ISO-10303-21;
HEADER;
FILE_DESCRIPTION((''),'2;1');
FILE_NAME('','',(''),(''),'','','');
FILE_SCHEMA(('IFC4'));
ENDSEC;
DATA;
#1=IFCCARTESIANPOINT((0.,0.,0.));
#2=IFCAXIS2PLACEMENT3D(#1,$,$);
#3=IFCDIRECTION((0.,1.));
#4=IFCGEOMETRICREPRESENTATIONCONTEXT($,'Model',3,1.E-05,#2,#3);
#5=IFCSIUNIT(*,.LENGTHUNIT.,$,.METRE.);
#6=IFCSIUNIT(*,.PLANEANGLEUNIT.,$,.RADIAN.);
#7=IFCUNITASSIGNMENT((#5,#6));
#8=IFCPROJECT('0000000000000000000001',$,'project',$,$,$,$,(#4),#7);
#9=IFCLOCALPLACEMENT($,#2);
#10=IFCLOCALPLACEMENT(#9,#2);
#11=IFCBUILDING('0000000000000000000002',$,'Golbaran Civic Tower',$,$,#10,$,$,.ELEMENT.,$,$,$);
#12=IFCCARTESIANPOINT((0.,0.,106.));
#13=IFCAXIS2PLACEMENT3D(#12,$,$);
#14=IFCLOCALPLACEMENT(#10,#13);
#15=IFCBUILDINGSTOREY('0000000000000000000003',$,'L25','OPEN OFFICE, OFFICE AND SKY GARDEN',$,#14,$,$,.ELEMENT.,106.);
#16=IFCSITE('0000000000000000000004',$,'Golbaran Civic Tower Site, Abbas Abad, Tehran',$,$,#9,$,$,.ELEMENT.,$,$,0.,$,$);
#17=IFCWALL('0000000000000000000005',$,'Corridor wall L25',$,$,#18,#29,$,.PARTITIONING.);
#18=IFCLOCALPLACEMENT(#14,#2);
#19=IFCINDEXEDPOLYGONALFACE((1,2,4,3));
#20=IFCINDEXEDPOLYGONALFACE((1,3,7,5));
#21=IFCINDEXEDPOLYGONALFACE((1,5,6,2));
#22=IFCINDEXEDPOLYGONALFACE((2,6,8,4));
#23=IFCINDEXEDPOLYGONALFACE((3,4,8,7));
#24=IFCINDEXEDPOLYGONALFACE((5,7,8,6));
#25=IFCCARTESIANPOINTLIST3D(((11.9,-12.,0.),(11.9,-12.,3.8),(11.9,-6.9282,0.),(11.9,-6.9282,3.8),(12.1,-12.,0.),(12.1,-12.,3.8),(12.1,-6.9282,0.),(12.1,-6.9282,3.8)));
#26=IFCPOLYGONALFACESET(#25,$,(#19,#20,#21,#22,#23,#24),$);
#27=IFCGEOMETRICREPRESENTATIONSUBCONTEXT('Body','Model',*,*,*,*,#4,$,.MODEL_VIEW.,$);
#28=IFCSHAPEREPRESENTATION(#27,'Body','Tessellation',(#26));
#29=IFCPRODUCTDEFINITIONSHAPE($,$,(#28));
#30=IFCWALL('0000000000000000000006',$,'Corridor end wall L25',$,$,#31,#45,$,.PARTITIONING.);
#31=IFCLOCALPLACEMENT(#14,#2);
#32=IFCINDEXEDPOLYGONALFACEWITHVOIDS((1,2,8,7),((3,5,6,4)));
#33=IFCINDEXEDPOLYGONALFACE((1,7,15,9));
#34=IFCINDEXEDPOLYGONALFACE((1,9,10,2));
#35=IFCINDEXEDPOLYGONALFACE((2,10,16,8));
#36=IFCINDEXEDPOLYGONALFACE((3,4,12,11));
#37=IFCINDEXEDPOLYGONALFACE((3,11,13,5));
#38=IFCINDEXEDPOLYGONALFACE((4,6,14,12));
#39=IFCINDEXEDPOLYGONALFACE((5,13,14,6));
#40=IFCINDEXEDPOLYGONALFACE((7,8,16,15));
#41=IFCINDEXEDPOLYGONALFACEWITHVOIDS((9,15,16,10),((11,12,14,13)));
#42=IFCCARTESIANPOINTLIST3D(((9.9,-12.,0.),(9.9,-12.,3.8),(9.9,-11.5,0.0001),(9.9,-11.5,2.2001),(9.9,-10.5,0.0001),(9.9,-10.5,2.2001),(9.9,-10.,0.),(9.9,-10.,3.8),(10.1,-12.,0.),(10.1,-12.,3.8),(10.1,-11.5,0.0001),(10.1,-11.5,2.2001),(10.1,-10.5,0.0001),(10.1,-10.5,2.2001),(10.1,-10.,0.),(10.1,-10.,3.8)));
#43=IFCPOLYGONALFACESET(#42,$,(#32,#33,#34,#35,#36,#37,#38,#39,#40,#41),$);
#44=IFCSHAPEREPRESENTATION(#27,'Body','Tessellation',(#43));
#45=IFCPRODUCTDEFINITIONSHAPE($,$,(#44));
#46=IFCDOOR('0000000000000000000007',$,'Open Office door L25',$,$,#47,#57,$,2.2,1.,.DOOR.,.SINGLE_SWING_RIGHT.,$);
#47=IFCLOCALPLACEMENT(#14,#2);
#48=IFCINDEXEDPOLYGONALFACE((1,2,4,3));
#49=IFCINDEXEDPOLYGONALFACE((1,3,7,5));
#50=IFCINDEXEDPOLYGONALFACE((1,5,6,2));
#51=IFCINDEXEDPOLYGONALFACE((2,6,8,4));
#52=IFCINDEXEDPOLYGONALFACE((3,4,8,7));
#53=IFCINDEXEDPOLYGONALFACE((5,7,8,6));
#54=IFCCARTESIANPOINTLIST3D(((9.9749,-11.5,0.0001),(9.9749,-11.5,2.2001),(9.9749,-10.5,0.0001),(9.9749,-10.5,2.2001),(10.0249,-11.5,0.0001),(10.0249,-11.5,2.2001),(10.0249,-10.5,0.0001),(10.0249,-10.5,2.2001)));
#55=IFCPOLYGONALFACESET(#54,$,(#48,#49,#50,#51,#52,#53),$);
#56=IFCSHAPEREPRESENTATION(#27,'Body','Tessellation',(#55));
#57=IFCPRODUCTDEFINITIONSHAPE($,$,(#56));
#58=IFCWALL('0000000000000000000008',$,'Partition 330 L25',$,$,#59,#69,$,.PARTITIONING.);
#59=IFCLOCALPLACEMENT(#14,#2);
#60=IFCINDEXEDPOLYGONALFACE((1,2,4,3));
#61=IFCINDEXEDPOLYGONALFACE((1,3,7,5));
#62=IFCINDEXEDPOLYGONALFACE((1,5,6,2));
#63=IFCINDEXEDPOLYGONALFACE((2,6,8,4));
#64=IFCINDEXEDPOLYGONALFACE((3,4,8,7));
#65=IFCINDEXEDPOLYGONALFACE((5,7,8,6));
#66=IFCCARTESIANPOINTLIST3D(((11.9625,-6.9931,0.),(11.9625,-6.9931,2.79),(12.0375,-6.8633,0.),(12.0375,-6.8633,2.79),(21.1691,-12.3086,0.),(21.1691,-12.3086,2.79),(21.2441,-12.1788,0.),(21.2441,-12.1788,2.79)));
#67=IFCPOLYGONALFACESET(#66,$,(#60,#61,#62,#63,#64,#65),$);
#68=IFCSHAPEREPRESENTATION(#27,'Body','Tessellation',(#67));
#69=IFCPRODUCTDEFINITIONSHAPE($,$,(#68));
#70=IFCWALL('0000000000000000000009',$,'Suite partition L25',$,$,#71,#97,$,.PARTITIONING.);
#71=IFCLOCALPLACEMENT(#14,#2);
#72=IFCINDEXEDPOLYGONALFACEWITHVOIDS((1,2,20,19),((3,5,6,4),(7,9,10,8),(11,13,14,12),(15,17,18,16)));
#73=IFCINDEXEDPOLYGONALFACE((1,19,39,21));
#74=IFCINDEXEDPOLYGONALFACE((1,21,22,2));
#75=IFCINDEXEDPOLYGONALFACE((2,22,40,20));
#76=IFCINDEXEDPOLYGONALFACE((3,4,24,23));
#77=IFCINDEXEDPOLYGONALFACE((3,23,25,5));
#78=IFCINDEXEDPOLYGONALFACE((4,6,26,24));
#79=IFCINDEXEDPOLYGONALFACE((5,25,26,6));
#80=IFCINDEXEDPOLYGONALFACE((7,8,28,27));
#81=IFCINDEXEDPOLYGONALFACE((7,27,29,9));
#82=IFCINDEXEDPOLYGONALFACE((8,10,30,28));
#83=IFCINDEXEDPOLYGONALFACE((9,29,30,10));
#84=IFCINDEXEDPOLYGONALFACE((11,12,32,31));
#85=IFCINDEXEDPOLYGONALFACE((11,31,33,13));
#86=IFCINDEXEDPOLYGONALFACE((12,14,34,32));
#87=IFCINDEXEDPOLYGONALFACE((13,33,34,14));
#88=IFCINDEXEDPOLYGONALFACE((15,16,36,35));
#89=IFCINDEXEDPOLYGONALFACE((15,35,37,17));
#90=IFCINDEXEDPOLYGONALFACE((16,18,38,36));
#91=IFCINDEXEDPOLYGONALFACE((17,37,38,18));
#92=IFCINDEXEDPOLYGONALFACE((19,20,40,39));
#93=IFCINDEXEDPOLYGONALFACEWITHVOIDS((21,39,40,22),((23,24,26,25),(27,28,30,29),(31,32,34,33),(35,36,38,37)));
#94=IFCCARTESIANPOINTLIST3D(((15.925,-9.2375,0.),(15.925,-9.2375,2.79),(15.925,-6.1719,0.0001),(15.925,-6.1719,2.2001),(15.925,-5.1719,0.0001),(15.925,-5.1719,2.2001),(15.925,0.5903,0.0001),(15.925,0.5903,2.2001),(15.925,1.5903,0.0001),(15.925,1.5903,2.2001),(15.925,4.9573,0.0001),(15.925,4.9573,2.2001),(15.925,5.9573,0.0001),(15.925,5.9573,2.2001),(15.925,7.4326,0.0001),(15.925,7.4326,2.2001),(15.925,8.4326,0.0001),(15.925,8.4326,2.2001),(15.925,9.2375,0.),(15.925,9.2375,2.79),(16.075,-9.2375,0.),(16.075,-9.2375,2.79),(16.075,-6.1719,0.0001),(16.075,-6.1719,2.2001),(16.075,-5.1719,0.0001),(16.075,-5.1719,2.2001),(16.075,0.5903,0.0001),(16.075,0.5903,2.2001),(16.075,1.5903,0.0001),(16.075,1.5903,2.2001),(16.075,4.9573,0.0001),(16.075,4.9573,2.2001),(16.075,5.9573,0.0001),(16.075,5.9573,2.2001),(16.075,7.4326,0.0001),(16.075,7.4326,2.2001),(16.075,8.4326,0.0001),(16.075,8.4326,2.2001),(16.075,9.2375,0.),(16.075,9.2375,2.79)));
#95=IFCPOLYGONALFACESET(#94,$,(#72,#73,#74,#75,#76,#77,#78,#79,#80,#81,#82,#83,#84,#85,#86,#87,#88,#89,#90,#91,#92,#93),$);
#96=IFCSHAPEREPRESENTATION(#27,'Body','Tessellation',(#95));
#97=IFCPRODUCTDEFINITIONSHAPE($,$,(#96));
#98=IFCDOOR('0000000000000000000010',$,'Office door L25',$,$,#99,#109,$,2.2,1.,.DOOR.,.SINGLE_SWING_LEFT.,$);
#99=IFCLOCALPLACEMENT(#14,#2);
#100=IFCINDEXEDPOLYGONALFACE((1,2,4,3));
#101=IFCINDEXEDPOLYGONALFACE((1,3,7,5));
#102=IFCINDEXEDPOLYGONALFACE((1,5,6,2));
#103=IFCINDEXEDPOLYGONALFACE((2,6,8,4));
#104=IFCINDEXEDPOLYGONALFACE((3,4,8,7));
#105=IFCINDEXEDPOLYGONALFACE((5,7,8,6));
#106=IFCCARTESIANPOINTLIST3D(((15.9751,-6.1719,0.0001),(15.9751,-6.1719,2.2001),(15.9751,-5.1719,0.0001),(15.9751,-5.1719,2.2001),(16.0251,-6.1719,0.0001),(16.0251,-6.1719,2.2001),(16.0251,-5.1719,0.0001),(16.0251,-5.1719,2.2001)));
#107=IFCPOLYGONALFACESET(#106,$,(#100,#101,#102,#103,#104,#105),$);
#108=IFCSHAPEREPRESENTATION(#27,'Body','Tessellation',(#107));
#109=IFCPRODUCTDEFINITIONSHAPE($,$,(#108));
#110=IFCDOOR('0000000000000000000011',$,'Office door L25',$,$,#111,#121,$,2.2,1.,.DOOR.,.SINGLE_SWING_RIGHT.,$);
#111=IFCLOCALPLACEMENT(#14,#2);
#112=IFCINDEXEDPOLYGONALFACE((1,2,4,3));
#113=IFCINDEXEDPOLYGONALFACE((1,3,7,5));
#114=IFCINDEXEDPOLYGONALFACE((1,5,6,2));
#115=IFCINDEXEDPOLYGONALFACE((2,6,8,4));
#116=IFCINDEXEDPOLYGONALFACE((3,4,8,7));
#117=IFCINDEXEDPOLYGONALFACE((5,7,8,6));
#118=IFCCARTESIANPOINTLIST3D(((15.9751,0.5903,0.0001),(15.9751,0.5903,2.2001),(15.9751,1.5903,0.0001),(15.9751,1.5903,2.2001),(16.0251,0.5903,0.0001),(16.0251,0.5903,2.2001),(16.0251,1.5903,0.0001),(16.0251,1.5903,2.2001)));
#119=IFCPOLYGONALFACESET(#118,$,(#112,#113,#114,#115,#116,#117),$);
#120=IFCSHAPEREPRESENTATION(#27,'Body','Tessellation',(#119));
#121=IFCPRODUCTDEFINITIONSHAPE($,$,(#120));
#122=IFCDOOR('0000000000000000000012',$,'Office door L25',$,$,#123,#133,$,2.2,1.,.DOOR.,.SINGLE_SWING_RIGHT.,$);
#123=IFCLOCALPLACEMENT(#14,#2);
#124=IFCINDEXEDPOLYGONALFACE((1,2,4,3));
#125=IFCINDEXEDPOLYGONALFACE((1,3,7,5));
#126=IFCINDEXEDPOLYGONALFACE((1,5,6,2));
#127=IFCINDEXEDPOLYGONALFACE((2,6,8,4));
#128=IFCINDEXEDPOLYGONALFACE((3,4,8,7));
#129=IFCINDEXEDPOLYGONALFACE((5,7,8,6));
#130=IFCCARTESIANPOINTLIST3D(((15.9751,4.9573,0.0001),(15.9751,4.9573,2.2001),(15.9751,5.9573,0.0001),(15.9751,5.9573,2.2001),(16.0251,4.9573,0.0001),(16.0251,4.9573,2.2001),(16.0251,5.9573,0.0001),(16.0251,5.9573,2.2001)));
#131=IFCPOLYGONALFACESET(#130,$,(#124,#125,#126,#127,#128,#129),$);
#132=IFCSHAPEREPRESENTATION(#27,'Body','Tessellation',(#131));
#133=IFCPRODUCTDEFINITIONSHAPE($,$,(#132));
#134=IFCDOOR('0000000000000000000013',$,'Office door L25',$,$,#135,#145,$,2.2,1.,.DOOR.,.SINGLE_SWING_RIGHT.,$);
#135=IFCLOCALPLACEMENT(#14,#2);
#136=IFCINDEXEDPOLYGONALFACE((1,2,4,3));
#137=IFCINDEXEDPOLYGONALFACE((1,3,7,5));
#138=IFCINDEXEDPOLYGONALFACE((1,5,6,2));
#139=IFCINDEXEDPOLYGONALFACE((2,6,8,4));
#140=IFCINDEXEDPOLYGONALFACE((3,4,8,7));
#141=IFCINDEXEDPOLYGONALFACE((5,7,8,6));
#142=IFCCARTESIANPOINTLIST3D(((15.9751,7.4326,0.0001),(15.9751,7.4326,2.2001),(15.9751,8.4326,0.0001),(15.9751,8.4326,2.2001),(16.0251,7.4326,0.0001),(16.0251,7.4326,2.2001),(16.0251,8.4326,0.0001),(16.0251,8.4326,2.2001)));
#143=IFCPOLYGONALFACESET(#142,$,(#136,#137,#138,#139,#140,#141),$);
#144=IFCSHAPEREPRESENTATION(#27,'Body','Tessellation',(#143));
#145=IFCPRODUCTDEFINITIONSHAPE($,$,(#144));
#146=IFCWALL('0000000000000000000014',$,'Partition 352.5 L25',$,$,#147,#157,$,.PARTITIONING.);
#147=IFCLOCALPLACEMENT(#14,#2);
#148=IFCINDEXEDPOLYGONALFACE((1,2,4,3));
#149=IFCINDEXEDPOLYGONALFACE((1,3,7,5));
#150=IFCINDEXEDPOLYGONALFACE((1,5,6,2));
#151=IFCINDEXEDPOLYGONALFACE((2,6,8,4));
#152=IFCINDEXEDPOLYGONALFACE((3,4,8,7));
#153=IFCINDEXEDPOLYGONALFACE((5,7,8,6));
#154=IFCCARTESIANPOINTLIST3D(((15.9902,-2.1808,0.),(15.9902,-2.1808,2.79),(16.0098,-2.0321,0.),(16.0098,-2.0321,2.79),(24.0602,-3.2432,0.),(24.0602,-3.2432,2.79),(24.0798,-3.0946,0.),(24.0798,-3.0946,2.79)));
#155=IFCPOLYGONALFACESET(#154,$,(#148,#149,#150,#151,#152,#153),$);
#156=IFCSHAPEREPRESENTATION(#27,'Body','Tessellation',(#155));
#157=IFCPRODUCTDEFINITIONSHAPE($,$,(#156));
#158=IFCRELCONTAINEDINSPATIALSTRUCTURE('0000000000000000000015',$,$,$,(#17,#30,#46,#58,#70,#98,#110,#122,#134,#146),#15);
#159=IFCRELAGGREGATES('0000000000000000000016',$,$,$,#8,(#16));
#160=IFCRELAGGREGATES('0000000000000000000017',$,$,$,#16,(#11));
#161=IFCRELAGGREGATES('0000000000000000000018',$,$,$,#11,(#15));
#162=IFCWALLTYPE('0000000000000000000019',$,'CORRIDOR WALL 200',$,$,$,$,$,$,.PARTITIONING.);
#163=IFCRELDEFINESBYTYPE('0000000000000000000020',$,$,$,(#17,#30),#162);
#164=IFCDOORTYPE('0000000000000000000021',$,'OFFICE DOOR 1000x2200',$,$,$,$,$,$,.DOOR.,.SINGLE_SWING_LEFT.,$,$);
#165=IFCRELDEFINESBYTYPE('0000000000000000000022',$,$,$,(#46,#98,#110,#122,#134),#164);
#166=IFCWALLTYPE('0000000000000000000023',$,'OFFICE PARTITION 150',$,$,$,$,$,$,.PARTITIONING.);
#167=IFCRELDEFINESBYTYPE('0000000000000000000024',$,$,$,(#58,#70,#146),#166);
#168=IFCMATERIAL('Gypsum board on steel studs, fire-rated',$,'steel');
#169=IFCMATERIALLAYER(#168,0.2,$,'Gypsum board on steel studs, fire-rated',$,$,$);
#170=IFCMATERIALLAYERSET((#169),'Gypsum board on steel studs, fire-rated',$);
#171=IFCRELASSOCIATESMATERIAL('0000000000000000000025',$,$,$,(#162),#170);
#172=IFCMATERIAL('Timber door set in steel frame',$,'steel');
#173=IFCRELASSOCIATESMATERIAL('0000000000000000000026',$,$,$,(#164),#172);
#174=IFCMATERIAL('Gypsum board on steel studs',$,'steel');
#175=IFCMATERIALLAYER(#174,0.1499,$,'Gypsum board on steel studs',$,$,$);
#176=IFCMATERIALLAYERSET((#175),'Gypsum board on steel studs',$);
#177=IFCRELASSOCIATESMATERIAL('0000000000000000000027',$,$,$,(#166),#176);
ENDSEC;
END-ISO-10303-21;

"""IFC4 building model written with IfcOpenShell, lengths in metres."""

from ifc_helpers import new_model, si_unit, direction, frame, frame_2d, origin, place, context, subcontext, project, spatial, rectangle, extrude, material, layer, layer_set, type_object, element, fill, save


model = new_model("IFC4")

# Units and contexts
model_context = context("Model", 3, precision=1e-05, world=origin(), true_north=direction((0.0, 1.0)))
body_context = subcontext(model_context, "Body", "Model", "MODEL_VIEW")
ifc_project = project(units=[si_unit("LENGTHUNIT", "METRE"), si_unit("PLANEANGLEUNIT", "RADIAN")], contexts=[model_context])

# Site, building, storey
site_placement = place(None, origin())
site = spatial("IfcSite", under=ifc_project, at=site_placement, Name="Golbaran Civic Tower Site, Abbas Abad, Tehran", CompositionType="ELEMENT", RefElevation=0.0)
building_placement = place(site_placement, origin())
building = spatial("IfcBuilding", under=site, at=building_placement, Name="Golbaran Civic Tower", CompositionType="ELEMENT")
storey_placement = place(building_placement, frame((0.0, 0.0, 106.0)))
storey = spatial("IfcBuildingStorey", under=building, at=storey_placement, Name="L25", Description="OPEN OFFICE, OFFICE AND SKY GARDEN", CompositionType="ELEMENT", Elevation=106.0)

# Shared definitions
ifc_material_1 = material(Name="Timber door set in steel frame", Category="steel")
ifc_material_2 = material(Name="Gypsum board on steel studs, fire-rated", Category="steel")
ifc_layer_1 = layer(ifc_material_2, 0.2, Name="Gypsum board on steel studs, fire-rated")
ifc_layer_set_1 = layer_set([ifc_layer_1], Name="Gypsum board on steel studs, fire-rated")
wall_type_1 = type_object("IfcWallType", Name="CORRIDOR WALL 200", PredefinedType="PARTITIONING", material=ifc_layer_set_1)

# Wall
wall_1_placement = place(storey_placement, frame((12.0, -12.0, 0.0), z_axis=(0.0, 0.0, 1.0), x_axis=(0.0, 1.0, 0.0)))
element("IfcWall", 1, at=wall_1_placement, inside=storey, type_object=wall_type_1, Name="Corridor wall L25", PredefinedType="PARTITIONING", context=body_context, shape_type="SweptSolid", body=[
    extrude(rectangle(XDim=5.0718, YDim=0.2, at=frame_2d((2.5359, 0.0))), origin(), (0.0, 0.0, 1.0), 3.8),
])

# Wall, opening, door
wall_2_placement = place(storey_placement, frame((10.0, -10.0, 0.0), z_axis=(0.0, 0.0, 1.0), x_axis=(0.0, -1.0, 0.0)))
wall_2 = element("IfcWall", 2, at=wall_2_placement, inside=storey, type_object=wall_type_1, Name="Corridor end wall L25", PredefinedType="PARTITIONING", context=body_context, shape_type="SweptSolid", body=[
    extrude(rectangle(XDim=2.0, YDim=0.2, at=frame_2d((1.0, 0.0))), origin(), (0.0, 0.0, 1.0), 3.8),
])
opening_1_placement = place(wall_2_placement, frame((0.5, 0.0, 0.0)))
opening_1 = element("IfcOpeningElement", 3, at=opening_1_placement, cuts=wall_2, PredefinedType="OPENING", context=body_context, shape_type="SweptSolid", body=[
    extrude(rectangle(XDim=1.0, YDim=2.2, at=frame_2d((0.5, 1.1001))), frame((0.0, 0.1099, 0.0), z_axis=(0.0, -1.0, 0.0), x_axis=(1.0, 0.0, 0.0)), (0.0, 0.0, 1.0), 0.22),
])
door_type_1 = type_object("IfcDoorType", Name="OFFICE DOOR 1000x2200", OperationType="SINGLE_SWING_LEFT", PredefinedType="DOOR", material=ifc_material_1)
door_1_placement = place(opening_1_placement, origin())
door_1 = element("IfcDoor", 4, at=door_1_placement, inside=storey, type_object=door_type_1, Name="Open Office door L25", OperationType="SINGLE_SWING_RIGHT", OverallHeight=2.2, OverallWidth=1.0, PredefinedType="DOOR", context=body_context, shape_type="SweptSolid", body=[
    extrude(rectangle(XDim=1.0, YDim=2.2, at=frame_2d((0.5, 1.1001))), frame((0.0, 0.0249, 0.0), z_axis=(0.0, -1.0, 0.0), x_axis=(1.0, 0.0, 0.0)), (0.0, 0.0, 1.0), 0.05),
])
fill(opening_1, door_1)

# Wall
ifc_material_3 = material(Name="Gypsum board on steel studs", Category="steel")
ifc_layer_2 = layer(ifc_material_3, 0.1499, Name="Gypsum board on steel studs")
ifc_layer_set_2 = layer_set([ifc_layer_2], Name="Gypsum board on steel studs")
wall_type_2 = type_object("IfcWallType", Name="OFFICE PARTITION 150", PredefinedType="PARTITIONING", material=ifc_layer_set_2)
wall_3_placement = place(storey_placement, frame((12.0, -6.9282, 0.0), z_axis=(0.0, 0.0, 1.0), x_axis=(0.866024, -0.500002, 0.0)))
element("IfcWall", 5, at=wall_3_placement, inside=storey, type_object=wall_type_2, Name="Partition 330 L25", PredefinedType="PARTITIONING", context=body_context, shape_type="SweptSolid", body=[
    extrude(rectangle(XDim=10.6309, YDim=0.1499, at=frame_2d((5.3154, 0.0))), origin(), (0.0, 0.0, 1.0), 2.79),
])

# Wall, openings, doors
wall_4_placement = place(storey_placement, frame((16.0, -9.2375, 0.0), z_axis=(0.0, 0.0, 1.0), x_axis=(0.0, 1.0, 0.0)))
wall_4 = element("IfcWall", 6, at=wall_4_placement, inside=storey, type_object=wall_type_2, Name="Suite partition L25", PredefinedType="PARTITIONING", context=body_context, shape_type="SweptSolid", body=[
    extrude(rectangle(XDim=18.4751, YDim=0.1499, at=frame_2d((9.2375, 0.0))), origin(), (0.0, 0.0, 1.0), 2.79),
])
opening_2_placement = place(wall_4_placement, frame((3.0657, 0.0, 0.0)))
opening_2 = element("IfcOpeningElement", 7, at=opening_2_placement, cuts=wall_4, PredefinedType="OPENING", context=body_context, shape_type="SweptSolid", body=[
    extrude(rectangle(XDim=1.0, YDim=2.2, at=frame_2d((0.5, 1.1001))), frame((0.0, 0.085, 0.0), z_axis=(0.0, -1.0, 0.0), x_axis=(1.0, 0.0, 0.0)), (0.0, 0.0, 1.0), 0.1699),
])
opening_3_placement = place(wall_4_placement, frame((9.8279, 0.0, 0.0)))
opening_3 = element("IfcOpeningElement", 8, at=opening_3_placement, cuts=wall_4, PredefinedType="OPENING", context=body_context, shape_type="SweptSolid", body=[
    extrude(rectangle(XDim=1.0, YDim=2.2, at=frame_2d((0.5, 1.1001))), frame((0.0, 0.085, 0.0), z_axis=(0.0, -1.0, 0.0), x_axis=(1.0, 0.0, 0.0)), (0.0, 0.0, 1.0), 0.1699),
])
opening_4_placement = place(wall_4_placement, frame((14.1948, 0.0, 0.0)))
opening_4 = element("IfcOpeningElement", 9, at=opening_4_placement, cuts=wall_4, PredefinedType="OPENING", context=body_context, shape_type="SweptSolid", body=[
    extrude(rectangle(XDim=1.0, YDim=2.2, at=frame_2d((0.5, 1.1001))), frame((0.0, 0.085, 0.0), z_axis=(0.0, -1.0, 0.0), x_axis=(1.0, 0.0, 0.0)), (0.0, 0.0, 1.0), 0.1699),
])
opening_5_placement = place(wall_4_placement, frame((16.6702, 0.0, 0.0)))
opening_5 = element("IfcOpeningElement", 10, at=opening_5_placement, cuts=wall_4, PredefinedType="OPENING", context=body_context, shape_type="SweptSolid", body=[
    extrude(rectangle(XDim=1.0, YDim=2.2, at=frame_2d((0.5, 1.1001))), frame((0.0, 0.085, 0.0), z_axis=(0.0, -1.0, 0.0), x_axis=(1.0, 0.0, 0.0)), (0.0, 0.0, 1.0), 0.1699),
])
door_2_placement = place(opening_2_placement, origin())
door_2 = element("IfcDoor", 11, at=door_2_placement, inside=storey, type_object=door_type_1, Name="Office door L25", OperationType="SINGLE_SWING_LEFT", OverallHeight=2.2, OverallWidth=1.0, PredefinedType="DOOR", context=body_context, shape_type="SweptSolid", body=[
    extrude(rectangle(XDim=1.0, YDim=2.2, at=frame_2d((0.5, 1.1001))), frame((0.0, 0.0249, 0.0), z_axis=(0.0, -1.0, 0.0), x_axis=(1.0, 0.0, 0.0)), (0.0, 0.0, 1.0), 0.05),
])
fill(opening_2, door_2)
door_3_placement = place(opening_3_placement, origin())
door_3 = element("IfcDoor", 12, at=door_3_placement, inside=storey, type_object=door_type_1, Name="Office door L25", OperationType="SINGLE_SWING_RIGHT", OverallHeight=2.2, OverallWidth=1.0, PredefinedType="DOOR", context=body_context, shape_type="SweptSolid", body=[
    extrude(rectangle(XDim=1.0, YDim=2.2, at=frame_2d((0.5, 1.1001))), frame((0.0, 0.0249, 0.0), z_axis=(0.0, -1.0, 0.0), x_axis=(1.0, 0.0, 0.0)), (0.0, 0.0, 1.0), 0.05),
])
fill(opening_3, door_3)
door_4_placement = place(opening_4_placement, origin())
door_4 = element("IfcDoor", 13, at=door_4_placement, inside=storey, type_object=door_type_1, Name="Office door L25", OperationType="SINGLE_SWING_RIGHT", OverallHeight=2.2, OverallWidth=1.0, PredefinedType="DOOR", context=body_context, shape_type="SweptSolid", body=[
    extrude(rectangle(XDim=1.0, YDim=2.2, at=frame_2d((0.5, 1.1001))), frame((0.0, 0.0249, 0.0), z_axis=(0.0, -1.0, 0.0), x_axis=(1.0, 0.0, 0.0)), (0.0, 0.0, 1.0), 0.05),
])
fill(opening_4, door_4)
door_5_placement = place(opening_5_placement, origin())
door_5 = element("IfcDoor", 14, at=door_5_placement, inside=storey, type_object=door_type_1, Name="Office door L25", OperationType="SINGLE_SWING_RIGHT", OverallHeight=2.2, OverallWidth=1.0, PredefinedType="DOOR", context=body_context, shape_type="SweptSolid", body=[
    extrude(rectangle(XDim=1.0, YDim=2.2, at=frame_2d((0.5, 1.1001))), frame((0.0, 0.0249, 0.0), z_axis=(0.0, -1.0, 0.0), x_axis=(1.0, 0.0, 0.0)), (0.0, 0.0, 1.0), 0.05),
])
fill(opening_5, door_5)

# Wall
wall_5_placement = place(storey_placement, frame((16.0, -2.1064, 0.0), z_axis=(0.0, 0.0, 1.0), x_axis=(0.991444, -0.130533, 0.0)))
element("IfcWall", 15, at=wall_5_placement, inside=storey, type_object=wall_type_2, Name="Partition 352.5 L25", PredefinedType="PARTITIONING", context=body_context, shape_type="SweptSolid", body=[
    extrude(rectangle(XDim=8.1396, YDim=0.1499, at=frame_2d((4.0698, 0.0))), origin(), (0.0, 0.0, 1.0), 2.79),
])

save(model, "model.ifc")
